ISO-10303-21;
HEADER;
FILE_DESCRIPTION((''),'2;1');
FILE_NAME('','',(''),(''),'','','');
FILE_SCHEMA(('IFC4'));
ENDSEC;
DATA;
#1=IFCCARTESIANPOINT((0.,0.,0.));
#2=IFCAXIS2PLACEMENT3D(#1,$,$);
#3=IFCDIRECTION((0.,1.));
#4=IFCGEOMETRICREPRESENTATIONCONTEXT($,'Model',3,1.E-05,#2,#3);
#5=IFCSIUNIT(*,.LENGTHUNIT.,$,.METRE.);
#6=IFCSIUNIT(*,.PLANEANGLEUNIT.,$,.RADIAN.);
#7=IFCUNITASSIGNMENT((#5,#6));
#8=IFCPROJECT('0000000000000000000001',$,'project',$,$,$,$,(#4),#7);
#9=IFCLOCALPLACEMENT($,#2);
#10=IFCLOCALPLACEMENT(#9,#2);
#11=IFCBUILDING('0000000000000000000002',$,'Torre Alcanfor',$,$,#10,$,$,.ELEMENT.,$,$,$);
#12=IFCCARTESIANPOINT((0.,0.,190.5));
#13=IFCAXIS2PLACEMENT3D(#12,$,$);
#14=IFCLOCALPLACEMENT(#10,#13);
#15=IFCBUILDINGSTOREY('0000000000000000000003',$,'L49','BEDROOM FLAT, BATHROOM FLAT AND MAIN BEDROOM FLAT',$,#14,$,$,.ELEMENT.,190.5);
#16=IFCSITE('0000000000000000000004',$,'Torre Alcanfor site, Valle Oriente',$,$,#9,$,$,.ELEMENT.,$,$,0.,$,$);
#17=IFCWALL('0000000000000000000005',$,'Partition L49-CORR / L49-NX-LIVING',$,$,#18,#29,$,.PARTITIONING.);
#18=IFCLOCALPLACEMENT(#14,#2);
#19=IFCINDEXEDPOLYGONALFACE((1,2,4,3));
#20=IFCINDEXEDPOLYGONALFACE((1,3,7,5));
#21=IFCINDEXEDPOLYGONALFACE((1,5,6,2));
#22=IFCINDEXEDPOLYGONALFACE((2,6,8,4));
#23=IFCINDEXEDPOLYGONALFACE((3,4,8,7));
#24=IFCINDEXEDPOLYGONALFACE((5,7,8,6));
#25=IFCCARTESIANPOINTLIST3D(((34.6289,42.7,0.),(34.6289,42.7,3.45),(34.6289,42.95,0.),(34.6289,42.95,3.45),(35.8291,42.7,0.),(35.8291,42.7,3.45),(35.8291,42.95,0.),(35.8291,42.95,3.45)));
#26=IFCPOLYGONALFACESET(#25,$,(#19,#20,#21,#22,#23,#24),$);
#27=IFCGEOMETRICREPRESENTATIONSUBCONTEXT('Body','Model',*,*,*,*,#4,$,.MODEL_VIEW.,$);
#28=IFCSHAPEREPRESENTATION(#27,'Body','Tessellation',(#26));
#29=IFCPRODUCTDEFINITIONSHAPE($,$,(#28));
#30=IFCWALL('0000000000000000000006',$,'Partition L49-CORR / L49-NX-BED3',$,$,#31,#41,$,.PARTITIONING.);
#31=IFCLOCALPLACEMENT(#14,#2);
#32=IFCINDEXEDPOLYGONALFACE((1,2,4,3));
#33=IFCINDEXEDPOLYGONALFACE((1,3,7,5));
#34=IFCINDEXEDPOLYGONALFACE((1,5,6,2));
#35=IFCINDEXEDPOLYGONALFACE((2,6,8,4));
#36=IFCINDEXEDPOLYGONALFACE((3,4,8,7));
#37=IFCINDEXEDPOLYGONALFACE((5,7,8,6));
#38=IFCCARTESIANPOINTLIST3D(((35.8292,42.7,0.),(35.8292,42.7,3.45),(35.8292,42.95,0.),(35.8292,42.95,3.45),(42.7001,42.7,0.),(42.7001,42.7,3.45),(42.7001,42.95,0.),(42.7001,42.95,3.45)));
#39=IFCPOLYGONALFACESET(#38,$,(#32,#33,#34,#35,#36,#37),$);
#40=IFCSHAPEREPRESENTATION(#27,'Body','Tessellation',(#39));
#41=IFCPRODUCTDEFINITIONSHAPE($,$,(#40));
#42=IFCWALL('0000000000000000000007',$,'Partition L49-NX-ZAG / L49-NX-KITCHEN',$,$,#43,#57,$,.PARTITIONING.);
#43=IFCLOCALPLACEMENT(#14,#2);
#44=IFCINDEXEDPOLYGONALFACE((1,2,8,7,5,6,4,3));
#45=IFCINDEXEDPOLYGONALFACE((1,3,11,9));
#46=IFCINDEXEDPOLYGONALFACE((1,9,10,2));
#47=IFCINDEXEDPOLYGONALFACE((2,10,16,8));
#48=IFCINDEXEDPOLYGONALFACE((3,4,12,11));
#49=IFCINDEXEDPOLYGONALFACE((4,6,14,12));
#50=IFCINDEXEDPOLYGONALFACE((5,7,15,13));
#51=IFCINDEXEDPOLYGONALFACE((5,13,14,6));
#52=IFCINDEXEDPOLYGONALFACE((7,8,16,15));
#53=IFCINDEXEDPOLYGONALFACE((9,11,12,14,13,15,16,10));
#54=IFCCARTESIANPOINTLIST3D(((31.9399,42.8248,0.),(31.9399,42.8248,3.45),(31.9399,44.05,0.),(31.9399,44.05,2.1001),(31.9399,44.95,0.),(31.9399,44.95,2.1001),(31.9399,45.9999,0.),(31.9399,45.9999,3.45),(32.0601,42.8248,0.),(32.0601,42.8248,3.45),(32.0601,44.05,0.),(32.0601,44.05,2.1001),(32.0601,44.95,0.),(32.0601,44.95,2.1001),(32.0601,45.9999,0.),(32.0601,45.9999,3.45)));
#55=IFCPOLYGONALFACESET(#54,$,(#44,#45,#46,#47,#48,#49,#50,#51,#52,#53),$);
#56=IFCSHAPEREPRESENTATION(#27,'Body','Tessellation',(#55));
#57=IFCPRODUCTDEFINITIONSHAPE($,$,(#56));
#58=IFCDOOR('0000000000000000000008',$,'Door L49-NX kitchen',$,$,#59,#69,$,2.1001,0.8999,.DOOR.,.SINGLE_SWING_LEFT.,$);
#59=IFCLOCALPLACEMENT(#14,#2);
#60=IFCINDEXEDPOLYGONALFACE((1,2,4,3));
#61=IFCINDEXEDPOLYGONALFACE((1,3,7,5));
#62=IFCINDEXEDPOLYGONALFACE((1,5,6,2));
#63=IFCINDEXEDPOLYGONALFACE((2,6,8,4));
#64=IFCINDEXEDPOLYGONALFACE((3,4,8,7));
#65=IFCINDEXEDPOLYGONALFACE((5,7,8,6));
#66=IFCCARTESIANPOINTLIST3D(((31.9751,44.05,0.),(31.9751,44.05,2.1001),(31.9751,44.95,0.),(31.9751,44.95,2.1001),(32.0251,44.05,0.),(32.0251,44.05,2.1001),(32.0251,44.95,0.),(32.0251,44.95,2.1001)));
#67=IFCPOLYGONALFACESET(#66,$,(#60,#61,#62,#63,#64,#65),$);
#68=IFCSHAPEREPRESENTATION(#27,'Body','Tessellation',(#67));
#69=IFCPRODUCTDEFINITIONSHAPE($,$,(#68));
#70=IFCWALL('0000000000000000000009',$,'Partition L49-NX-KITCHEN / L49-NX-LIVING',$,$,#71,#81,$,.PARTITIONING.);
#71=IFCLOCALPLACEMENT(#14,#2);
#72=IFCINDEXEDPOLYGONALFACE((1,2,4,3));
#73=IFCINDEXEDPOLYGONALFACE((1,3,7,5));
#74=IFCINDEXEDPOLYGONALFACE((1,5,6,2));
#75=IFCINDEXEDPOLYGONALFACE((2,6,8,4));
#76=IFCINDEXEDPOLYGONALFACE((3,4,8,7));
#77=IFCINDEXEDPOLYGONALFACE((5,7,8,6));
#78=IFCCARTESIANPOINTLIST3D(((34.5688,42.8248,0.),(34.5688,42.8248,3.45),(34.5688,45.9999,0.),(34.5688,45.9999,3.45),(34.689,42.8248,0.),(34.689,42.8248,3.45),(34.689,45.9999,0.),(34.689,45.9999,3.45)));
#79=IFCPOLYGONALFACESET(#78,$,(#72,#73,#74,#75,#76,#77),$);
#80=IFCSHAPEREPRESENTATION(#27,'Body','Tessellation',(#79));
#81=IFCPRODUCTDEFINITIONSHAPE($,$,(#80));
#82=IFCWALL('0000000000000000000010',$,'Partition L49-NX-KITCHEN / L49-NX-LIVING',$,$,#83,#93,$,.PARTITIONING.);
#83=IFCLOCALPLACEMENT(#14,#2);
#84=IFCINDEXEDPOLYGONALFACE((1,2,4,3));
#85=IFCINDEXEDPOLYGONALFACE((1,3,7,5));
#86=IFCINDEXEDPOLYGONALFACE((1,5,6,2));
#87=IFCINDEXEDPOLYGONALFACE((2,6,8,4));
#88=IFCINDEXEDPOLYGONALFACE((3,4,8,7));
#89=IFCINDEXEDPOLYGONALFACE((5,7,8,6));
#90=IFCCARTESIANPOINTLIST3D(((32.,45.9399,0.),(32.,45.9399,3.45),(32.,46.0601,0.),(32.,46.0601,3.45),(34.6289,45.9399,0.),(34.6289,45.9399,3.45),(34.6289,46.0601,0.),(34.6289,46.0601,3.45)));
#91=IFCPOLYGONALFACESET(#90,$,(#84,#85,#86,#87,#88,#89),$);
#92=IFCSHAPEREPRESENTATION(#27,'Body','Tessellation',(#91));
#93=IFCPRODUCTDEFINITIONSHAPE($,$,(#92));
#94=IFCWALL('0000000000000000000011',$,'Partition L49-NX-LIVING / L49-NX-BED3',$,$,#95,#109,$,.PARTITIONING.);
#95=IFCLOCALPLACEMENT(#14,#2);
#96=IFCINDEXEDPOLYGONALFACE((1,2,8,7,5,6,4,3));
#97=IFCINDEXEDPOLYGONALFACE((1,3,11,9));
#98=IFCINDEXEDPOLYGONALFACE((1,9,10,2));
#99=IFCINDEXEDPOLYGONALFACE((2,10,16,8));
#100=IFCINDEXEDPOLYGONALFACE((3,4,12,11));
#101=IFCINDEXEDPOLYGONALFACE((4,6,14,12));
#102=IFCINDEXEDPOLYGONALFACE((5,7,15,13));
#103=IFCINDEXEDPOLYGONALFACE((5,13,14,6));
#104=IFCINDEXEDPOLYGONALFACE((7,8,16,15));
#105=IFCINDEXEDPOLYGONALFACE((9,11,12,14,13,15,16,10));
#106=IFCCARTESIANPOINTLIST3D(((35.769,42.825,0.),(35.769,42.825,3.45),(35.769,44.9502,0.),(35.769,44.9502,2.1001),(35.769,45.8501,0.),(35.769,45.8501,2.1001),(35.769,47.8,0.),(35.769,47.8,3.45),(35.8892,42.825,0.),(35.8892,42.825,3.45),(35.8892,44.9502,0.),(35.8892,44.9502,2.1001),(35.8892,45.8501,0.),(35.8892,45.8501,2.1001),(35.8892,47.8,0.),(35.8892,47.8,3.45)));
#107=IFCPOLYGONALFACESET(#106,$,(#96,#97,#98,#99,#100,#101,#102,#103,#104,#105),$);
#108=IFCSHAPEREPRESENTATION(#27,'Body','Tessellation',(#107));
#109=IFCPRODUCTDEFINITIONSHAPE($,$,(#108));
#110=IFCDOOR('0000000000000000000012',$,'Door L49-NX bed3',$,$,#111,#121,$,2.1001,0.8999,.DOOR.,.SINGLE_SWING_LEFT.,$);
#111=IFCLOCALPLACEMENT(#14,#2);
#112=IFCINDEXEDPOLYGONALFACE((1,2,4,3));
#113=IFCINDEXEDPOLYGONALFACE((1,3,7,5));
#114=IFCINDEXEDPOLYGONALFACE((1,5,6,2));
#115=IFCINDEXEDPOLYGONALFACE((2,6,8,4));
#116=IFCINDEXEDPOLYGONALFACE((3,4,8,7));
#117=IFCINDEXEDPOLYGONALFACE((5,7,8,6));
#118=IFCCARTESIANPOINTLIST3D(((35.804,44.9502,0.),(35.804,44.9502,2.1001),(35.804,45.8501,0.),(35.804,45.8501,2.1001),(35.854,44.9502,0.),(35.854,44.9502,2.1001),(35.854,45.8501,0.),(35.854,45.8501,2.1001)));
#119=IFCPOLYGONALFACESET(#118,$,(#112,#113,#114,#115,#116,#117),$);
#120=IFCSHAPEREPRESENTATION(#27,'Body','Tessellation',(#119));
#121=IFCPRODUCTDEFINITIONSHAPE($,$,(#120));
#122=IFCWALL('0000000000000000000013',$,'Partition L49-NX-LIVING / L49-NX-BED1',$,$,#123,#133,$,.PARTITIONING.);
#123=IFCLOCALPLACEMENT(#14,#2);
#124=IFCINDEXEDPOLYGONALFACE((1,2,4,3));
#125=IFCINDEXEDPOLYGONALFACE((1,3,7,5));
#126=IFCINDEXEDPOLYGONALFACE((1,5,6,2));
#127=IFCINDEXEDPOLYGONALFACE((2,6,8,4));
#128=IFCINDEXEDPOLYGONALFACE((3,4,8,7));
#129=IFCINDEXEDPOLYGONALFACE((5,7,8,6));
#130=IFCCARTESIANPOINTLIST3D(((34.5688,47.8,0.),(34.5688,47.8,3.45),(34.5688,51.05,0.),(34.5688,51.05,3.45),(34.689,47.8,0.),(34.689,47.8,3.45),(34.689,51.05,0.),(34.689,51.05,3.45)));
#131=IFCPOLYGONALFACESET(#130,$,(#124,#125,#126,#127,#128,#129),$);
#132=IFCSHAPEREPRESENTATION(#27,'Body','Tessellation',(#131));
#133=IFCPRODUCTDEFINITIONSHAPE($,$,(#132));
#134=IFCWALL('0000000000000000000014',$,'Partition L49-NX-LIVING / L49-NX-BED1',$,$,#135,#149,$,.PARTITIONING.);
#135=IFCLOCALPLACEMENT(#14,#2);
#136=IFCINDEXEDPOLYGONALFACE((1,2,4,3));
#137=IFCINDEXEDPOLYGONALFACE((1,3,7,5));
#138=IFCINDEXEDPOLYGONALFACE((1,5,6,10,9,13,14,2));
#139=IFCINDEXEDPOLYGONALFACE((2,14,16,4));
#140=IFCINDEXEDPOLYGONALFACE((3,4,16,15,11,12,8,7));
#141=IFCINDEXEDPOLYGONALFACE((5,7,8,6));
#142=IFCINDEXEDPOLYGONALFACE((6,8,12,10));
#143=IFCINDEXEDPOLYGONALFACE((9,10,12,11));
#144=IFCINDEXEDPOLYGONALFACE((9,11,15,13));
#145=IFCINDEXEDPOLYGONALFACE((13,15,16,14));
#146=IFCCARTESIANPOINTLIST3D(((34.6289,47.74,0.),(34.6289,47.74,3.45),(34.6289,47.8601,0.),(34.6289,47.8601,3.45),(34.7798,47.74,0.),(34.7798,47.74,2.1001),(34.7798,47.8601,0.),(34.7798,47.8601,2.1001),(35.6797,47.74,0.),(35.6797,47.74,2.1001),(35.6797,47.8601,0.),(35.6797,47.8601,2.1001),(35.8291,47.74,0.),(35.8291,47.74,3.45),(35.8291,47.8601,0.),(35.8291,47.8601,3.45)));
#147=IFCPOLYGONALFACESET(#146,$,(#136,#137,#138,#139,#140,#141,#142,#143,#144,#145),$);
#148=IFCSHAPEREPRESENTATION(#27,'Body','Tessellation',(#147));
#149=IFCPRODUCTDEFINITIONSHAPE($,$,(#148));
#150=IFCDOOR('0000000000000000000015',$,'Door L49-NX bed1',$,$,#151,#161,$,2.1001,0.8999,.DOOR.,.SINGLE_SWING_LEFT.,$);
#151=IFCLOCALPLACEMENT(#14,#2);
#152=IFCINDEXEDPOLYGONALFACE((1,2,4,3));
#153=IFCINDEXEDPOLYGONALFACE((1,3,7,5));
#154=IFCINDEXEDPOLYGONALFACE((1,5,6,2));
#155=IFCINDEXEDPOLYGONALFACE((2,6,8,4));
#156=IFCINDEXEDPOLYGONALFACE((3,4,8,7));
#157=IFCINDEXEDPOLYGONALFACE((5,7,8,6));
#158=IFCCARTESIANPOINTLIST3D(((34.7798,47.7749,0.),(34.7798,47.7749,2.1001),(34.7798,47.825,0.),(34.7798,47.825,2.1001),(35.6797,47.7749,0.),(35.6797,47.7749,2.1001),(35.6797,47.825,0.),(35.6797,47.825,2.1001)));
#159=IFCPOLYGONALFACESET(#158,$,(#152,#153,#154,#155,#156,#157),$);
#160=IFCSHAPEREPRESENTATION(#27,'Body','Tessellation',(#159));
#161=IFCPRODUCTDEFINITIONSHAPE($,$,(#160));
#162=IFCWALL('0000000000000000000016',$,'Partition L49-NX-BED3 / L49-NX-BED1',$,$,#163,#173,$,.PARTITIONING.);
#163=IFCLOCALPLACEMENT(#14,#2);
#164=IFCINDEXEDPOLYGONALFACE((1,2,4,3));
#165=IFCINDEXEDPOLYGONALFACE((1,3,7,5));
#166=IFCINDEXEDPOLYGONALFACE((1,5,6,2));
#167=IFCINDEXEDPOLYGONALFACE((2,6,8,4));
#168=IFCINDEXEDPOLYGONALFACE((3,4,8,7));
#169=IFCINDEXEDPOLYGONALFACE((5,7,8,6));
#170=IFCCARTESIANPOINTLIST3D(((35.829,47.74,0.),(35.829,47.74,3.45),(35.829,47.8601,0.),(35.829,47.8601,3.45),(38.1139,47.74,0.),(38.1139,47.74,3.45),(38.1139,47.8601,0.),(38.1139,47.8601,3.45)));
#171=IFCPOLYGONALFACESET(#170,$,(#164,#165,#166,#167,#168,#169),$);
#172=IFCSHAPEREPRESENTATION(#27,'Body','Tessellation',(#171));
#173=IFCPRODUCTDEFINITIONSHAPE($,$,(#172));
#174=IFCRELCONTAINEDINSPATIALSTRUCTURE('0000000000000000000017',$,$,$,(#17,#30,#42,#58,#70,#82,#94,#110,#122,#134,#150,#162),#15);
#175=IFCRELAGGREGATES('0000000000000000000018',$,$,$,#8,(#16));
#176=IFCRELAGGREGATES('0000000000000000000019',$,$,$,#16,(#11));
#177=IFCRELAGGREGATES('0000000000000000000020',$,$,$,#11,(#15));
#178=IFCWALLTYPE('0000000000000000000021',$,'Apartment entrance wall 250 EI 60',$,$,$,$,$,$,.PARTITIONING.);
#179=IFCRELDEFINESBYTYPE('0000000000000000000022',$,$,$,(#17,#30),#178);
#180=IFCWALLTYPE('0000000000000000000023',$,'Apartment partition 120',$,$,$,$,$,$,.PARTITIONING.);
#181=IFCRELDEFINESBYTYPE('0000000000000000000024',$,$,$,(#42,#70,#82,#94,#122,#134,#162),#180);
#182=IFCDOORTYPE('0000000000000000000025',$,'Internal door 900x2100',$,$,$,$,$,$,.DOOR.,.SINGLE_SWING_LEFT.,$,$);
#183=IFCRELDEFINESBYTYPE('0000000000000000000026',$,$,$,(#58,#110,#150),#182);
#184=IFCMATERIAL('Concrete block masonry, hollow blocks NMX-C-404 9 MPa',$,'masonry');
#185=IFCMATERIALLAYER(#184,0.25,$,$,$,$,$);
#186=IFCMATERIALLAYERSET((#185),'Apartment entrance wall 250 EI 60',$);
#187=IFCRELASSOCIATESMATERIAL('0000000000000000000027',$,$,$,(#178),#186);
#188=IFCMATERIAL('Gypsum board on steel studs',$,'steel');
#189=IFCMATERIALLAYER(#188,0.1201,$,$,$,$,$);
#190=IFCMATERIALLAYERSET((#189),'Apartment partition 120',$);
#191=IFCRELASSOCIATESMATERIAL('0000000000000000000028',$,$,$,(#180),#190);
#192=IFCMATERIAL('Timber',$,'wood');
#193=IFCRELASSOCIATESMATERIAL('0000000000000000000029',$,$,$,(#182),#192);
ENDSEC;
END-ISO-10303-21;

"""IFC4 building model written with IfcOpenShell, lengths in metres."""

from ifc_helpers import new_model, si_unit, direction, frame, frame_2d, origin, place, context, subcontext, project, spatial, rectangle, extrude, material, layer, layer_set, type_object, element, fill, save


model = new_model("IFC4")

# Units and contexts
model_context = context("Model", 3, precision=1e-05, world=origin(), true_north=direction((0.0, 1.0)))
body_context = subcontext(model_context, "Body", "Model", "MODEL_VIEW")
ifc_project = project(units=[si_unit("LENGTHUNIT", "METRE"), si_unit("PLANEANGLEUNIT", "RADIAN")], contexts=[model_context])

# Site, building, storey
site_placement = place(None, origin())
site = spatial("IfcSite", under=ifc_project, at=site_placement, Name="Torre Alcanfor site, Valle Oriente", CompositionType="ELEMENT", RefElevation=0.0)
building_placement = place(site_placement, origin())
building = spatial("IfcBuilding", under=site, at=building_placement, Name="Torre Alcanfor", CompositionType="ELEMENT")
storey_placement = place(building_placement, frame((0.0, 0.0, 190.5)))
storey = spatial("IfcBuildingStorey", under=building, at=storey_placement, Name="L49", Description="BEDROOM FLAT, BATHROOM FLAT AND MAIN BEDROOM FLAT", CompositionType="ELEMENT", Elevation=190.5)

# Walls
ifc_material_1 = material(Name="Concrete block masonry, hollow blocks NMX-C-404 9 MPa", Category="masonry")
ifc_layer_1 = layer(ifc_material_1, 0.25)
ifc_layer_set_1 = layer_set([ifc_layer_1], Name="Apartment entrance wall 250 EI 60")
wall_type_1 = type_object("IfcWallType", Name="Apartment entrance wall 250 EI 60", PredefinedType="PARTITIONING", material=ifc_layer_set_1)
wall_1_placement = place(storey_placement, frame((34.6289, 42.825, 0.0), z_axis=(0.0, 0.0, 1.0), x_axis=(1.0, 0.0, 0.0)))
element("IfcWall", 1, at=wall_1_placement, inside=storey, type_object=wall_type_1, Name="Partition L49-CORR / L49-NX-LIVING", PredefinedType="PARTITIONING", context=body_context, shape_type="SweptSolid", body=[
    extrude(rectangle(XDim=1.2002, YDim=0.25, at=frame_2d((0.6001, 0.0))), origin(), (0.0, 0.0, 1.0), 3.45),
])
wall_2_placement = place(storey_placement, frame((35.8291, 42.825, 0.0), z_axis=(0.0, 0.0, 1.0), x_axis=(1.0, 0.0, 0.0)))
element("IfcWall", 2, at=wall_2_placement, inside=storey, type_object=wall_type_1, Name="Partition L49-CORR / L49-NX-BED3", PredefinedType="PARTITIONING", context=body_context, shape_type="SweptSolid", body=[
    extrude(rectangle(XDim=6.8708, YDim=0.25, at=frame_2d((3.4355, 0.0))), origin(), (0.0, 0.0, 1.0), 3.45),
])

# Wall, opening, door
ifc_material_2 = material(Name="Gypsum board on steel studs", Category="steel")
ifc_layer_2 = layer(ifc_material_2, 0.1201)
ifc_layer_set_2 = layer_set([ifc_layer_2], Name="Apartment partition 120")
wall_type_2 = type_object("IfcWallType", Name="Apartment partition 120", PredefinedType="PARTITIONING", material=ifc_layer_set_2)
wall_3_placement = place(storey_placement, frame((32.0, 42.825, 0.0), z_axis=(0.0, 0.0, 1.0), x_axis=(0.0, 1.0, 0.0)))
wall_3 = element("IfcWall", 3, at=wall_3_placement, inside=storey, type_object=wall_type_2, Name="Partition L49-NX-ZAG / L49-NX-KITCHEN", PredefinedType="PARTITIONING", context=body_context, shape_type="SweptSolid", body=[
    extrude(rectangle(XDim=3.175, YDim=0.1201, at=frame_2d((1.5874, 0.0))), origin(), (0.0, 0.0, 1.0), 3.45),
])
opening_1_placement = place(wall_3_placement, frame((1.2251, 0.0, 0.0)))
opening_1 = element("IfcOpeningElement", 4, at=opening_1_placement, cuts=wall_3, PredefinedType="OPENING", context=body_context, shape_type="SweptSolid", body=[
    extrude(rectangle(XDim=0.8999, YDim=2.1001, at=frame_2d((0.45, 1.05))), frame((0.0, 0.0701, 0.0), z_axis=(0.0, -1.0, 0.0), x_axis=(1.0, 0.0, 0.0)), (0.0, 0.0, 1.0), 0.1401),
])
ifc_material_3 = material(Name="Timber", Category="wood")
door_type_1 = type_object("IfcDoorType", Name="Internal door 900x2100", OperationType="SINGLE_SWING_LEFT", PredefinedType="DOOR", material=ifc_material_3)
door_1_placement = place(opening_1_placement, frame((0.8999, 0.0, 0.0), z_axis=(0.0, 0.0, 1.0), x_axis=(-1.0, 0.0, 0.0)))
door_1 = element("IfcDoor", 5, at=door_1_placement, inside=storey, type_object=door_type_1, Name="Door L49-NX kitchen", OperationType="SINGLE_SWING_LEFT", OverallHeight=2.1001, OverallWidth=0.8999, PredefinedType="DOOR", context=body_context, shape_type="SweptSolid", body=[
    extrude(rectangle(XDim=0.8999, YDim=2.1001, at=frame_2d((0.45, 1.05))), frame((0.0, 0.0251, 0.0), z_axis=(0.0, -1.0, 0.0), x_axis=(1.0, 0.0, 0.0)), (0.0, 0.0, 1.0), 0.05),
])
fill(opening_1, door_1)

# Walls
wall_4_placement = place(storey_placement, frame((34.6289, 42.825, 0.0), z_axis=(0.0, 0.0, 1.0), x_axis=(0.0, 1.0, 0.0)))
element("IfcWall", 6, at=wall_4_placement, inside=storey, type_object=wall_type_2, Name="Partition L49-NX-KITCHEN / L49-NX-LIVING", PredefinedType="PARTITIONING", context=body_context, shape_type="SweptSolid", body=[
    extrude(rectangle(XDim=3.175, YDim=0.1201, at=frame_2d((1.5874, 0.0))), origin(), (0.0, 0.0, 1.0), 3.45),
])
wall_5_placement = place(storey_placement, frame((34.6289, 46.0, 0.0), z_axis=(0.0, 0.0, 1.0), x_axis=(-1.0, 0.0, 0.0)))
element("IfcWall", 7, at=wall_5_placement, inside=storey, type_object=wall_type_2, Name="Partition L49-NX-KITCHEN / L49-NX-LIVING", PredefinedType="PARTITIONING", context=body_context, shape_type="SweptSolid", body=[
    extrude(rectangle(XDim=2.6289, YDim=0.1201, at=frame_2d((1.3145, 0.0))), origin(), (0.0, 0.0, 1.0), 3.45),
])

# Wall, opening, door
wall_6_placement = place(storey_placement, frame((35.8291, 47.8, 0.0), z_axis=(0.0, 0.0, 1.0), x_axis=(0.0, -1.0, 0.0)))
wall_6 = element("IfcWall", 8, at=wall_6_placement, inside=storey, type_object=wall_type_2, Name="Partition L49-NX-LIVING / L49-NX-BED3", PredefinedType="PARTITIONING", context=body_context, shape_type="SweptSolid", body=[
    extrude(rectangle(XDim=4.9751, YDim=0.1201, at=frame_2d((2.4875, 0.0))), origin(), (0.0, 0.0, 1.0), 3.45),
])
opening_2_placement = place(wall_6_placement, frame((1.95, 0.0, 0.0)))
opening_2 = element("IfcOpeningElement", 9, at=opening_2_placement, cuts=wall_6, PredefinedType="OPENING", context=body_context, shape_type="SweptSolid", body=[
    extrude(rectangle(XDim=0.8999, YDim=2.1001, at=frame_2d((0.45, 1.05))), frame((0.0, 0.0701, 0.0), z_axis=(0.0, -1.0, 0.0), x_axis=(1.0, 0.0, 0.0)), (0.0, 0.0, 1.0), 0.1401),
])
door_2_placement = place(opening_2_placement, origin())
door_2 = element("IfcDoor", 10, at=door_2_placement, inside=storey, type_object=door_type_1, Name="Door L49-NX bed3", OperationType="SINGLE_SWING_LEFT", OverallHeight=2.1001, OverallWidth=0.8999, PredefinedType="DOOR", context=body_context, shape_type="SweptSolid", body=[
    extrude(rectangle(XDim=0.8999, YDim=2.1001, at=frame_2d((0.45, 1.05))), frame((0.0, 0.0249, 0.0), z_axis=(0.0, -1.0, 0.0), x_axis=(1.0, 0.0, 0.0)), (0.0, 0.0, 1.0), 0.05),
])
fill(opening_2, door_2)

# Wall
wall_7_placement = place(storey_placement, frame((34.6289, 51.05, 0.0), z_axis=(0.0, 0.0, 1.0), x_axis=(0.0, -1.0, 0.0)))
element("IfcWall", 11, at=wall_7_placement, inside=storey, type_object=wall_type_2, Name="Partition L49-NX-LIVING / L49-NX-BED1", PredefinedType="PARTITIONING", context=body_context, shape_type="SweptSolid", body=[
    extrude(rectangle(XDim=3.25, YDim=0.1201, at=frame_2d((1.625, 0.0))), origin(), (0.0, 0.0, 1.0), 3.45),
])

# Wall, opening, door
wall_8_placement = place(storey_placement, frame((34.6289, 47.8, 0.0), z_axis=(0.0, 0.0, 1.0), x_axis=(1.0, 0.0, 0.0)))
wall_8 = element("IfcWall", 12, at=wall_8_placement, inside=storey, type_object=wall_type_2, Name="Partition L49-NX-LIVING / L49-NX-BED1", PredefinedType="PARTITIONING", context=body_context, shape_type="SweptSolid", body=[
    extrude(rectangle(XDim=1.2002, YDim=0.1201, at=frame_2d((0.6001, 0.0))), origin(), (0.0, 0.0, 1.0), 3.45),
])
opening_3_placement = place(wall_8_placement, frame((0.1509, 0.0, 0.0)))
opening_3 = element("IfcOpeningElement", 13, at=opening_3_placement, cuts=wall_8, PredefinedType="OPENING", context=body_context, shape_type="SweptSolid", body=[
    extrude(rectangle(XDim=0.8999, YDim=2.1001, at=frame_2d((0.45, 1.05))), frame((0.0, 0.0701, 0.0), z_axis=(0.0, -1.0, 0.0), x_axis=(1.0, 0.0, 0.0)), (0.0, 0.0, 1.0), 0.1401),
])
door_3_placement = place(opening_3_placement, origin())
door_3 = element("IfcDoor", 14, at=door_3_placement, inside=storey, type_object=door_type_1, Name="Door L49-NX bed1", OperationType="SINGLE_SWING_LEFT", OverallHeight=2.1001, OverallWidth=0.8999, PredefinedType="DOOR", context=body_context, shape_type="SweptSolid", body=[
    extrude(rectangle(XDim=0.8999, YDim=2.1001, at=frame_2d((0.45, 1.05))), frame((0.0, 0.0249, 0.0), z_axis=(0.0, -1.0, 0.0), x_axis=(1.0, 0.0, 0.0)), (0.0, 0.0, 1.0), 0.05),
])
fill(opening_3, door_3)

# Wall
wall_9_placement = place(storey_placement, frame((38.114, 47.8, 0.0), z_axis=(0.0, 0.0, 1.0), x_axis=(-1.0, 0.0, 0.0)))
element("IfcWall", 15, at=wall_9_placement, inside=storey, type_object=wall_type_2, Name="Partition L49-NX-BED3 / L49-NX-BED1", PredefinedType="PARTITIONING", context=body_context, shape_type="SweptSolid", body=[
    extrude(rectangle(XDim=2.2849, YDim=0.1201, at=frame_2d((1.1426, 0.0))), origin(), (0.0, 0.0, 1.0), 3.45),
])

save(model, "model.ifc")
